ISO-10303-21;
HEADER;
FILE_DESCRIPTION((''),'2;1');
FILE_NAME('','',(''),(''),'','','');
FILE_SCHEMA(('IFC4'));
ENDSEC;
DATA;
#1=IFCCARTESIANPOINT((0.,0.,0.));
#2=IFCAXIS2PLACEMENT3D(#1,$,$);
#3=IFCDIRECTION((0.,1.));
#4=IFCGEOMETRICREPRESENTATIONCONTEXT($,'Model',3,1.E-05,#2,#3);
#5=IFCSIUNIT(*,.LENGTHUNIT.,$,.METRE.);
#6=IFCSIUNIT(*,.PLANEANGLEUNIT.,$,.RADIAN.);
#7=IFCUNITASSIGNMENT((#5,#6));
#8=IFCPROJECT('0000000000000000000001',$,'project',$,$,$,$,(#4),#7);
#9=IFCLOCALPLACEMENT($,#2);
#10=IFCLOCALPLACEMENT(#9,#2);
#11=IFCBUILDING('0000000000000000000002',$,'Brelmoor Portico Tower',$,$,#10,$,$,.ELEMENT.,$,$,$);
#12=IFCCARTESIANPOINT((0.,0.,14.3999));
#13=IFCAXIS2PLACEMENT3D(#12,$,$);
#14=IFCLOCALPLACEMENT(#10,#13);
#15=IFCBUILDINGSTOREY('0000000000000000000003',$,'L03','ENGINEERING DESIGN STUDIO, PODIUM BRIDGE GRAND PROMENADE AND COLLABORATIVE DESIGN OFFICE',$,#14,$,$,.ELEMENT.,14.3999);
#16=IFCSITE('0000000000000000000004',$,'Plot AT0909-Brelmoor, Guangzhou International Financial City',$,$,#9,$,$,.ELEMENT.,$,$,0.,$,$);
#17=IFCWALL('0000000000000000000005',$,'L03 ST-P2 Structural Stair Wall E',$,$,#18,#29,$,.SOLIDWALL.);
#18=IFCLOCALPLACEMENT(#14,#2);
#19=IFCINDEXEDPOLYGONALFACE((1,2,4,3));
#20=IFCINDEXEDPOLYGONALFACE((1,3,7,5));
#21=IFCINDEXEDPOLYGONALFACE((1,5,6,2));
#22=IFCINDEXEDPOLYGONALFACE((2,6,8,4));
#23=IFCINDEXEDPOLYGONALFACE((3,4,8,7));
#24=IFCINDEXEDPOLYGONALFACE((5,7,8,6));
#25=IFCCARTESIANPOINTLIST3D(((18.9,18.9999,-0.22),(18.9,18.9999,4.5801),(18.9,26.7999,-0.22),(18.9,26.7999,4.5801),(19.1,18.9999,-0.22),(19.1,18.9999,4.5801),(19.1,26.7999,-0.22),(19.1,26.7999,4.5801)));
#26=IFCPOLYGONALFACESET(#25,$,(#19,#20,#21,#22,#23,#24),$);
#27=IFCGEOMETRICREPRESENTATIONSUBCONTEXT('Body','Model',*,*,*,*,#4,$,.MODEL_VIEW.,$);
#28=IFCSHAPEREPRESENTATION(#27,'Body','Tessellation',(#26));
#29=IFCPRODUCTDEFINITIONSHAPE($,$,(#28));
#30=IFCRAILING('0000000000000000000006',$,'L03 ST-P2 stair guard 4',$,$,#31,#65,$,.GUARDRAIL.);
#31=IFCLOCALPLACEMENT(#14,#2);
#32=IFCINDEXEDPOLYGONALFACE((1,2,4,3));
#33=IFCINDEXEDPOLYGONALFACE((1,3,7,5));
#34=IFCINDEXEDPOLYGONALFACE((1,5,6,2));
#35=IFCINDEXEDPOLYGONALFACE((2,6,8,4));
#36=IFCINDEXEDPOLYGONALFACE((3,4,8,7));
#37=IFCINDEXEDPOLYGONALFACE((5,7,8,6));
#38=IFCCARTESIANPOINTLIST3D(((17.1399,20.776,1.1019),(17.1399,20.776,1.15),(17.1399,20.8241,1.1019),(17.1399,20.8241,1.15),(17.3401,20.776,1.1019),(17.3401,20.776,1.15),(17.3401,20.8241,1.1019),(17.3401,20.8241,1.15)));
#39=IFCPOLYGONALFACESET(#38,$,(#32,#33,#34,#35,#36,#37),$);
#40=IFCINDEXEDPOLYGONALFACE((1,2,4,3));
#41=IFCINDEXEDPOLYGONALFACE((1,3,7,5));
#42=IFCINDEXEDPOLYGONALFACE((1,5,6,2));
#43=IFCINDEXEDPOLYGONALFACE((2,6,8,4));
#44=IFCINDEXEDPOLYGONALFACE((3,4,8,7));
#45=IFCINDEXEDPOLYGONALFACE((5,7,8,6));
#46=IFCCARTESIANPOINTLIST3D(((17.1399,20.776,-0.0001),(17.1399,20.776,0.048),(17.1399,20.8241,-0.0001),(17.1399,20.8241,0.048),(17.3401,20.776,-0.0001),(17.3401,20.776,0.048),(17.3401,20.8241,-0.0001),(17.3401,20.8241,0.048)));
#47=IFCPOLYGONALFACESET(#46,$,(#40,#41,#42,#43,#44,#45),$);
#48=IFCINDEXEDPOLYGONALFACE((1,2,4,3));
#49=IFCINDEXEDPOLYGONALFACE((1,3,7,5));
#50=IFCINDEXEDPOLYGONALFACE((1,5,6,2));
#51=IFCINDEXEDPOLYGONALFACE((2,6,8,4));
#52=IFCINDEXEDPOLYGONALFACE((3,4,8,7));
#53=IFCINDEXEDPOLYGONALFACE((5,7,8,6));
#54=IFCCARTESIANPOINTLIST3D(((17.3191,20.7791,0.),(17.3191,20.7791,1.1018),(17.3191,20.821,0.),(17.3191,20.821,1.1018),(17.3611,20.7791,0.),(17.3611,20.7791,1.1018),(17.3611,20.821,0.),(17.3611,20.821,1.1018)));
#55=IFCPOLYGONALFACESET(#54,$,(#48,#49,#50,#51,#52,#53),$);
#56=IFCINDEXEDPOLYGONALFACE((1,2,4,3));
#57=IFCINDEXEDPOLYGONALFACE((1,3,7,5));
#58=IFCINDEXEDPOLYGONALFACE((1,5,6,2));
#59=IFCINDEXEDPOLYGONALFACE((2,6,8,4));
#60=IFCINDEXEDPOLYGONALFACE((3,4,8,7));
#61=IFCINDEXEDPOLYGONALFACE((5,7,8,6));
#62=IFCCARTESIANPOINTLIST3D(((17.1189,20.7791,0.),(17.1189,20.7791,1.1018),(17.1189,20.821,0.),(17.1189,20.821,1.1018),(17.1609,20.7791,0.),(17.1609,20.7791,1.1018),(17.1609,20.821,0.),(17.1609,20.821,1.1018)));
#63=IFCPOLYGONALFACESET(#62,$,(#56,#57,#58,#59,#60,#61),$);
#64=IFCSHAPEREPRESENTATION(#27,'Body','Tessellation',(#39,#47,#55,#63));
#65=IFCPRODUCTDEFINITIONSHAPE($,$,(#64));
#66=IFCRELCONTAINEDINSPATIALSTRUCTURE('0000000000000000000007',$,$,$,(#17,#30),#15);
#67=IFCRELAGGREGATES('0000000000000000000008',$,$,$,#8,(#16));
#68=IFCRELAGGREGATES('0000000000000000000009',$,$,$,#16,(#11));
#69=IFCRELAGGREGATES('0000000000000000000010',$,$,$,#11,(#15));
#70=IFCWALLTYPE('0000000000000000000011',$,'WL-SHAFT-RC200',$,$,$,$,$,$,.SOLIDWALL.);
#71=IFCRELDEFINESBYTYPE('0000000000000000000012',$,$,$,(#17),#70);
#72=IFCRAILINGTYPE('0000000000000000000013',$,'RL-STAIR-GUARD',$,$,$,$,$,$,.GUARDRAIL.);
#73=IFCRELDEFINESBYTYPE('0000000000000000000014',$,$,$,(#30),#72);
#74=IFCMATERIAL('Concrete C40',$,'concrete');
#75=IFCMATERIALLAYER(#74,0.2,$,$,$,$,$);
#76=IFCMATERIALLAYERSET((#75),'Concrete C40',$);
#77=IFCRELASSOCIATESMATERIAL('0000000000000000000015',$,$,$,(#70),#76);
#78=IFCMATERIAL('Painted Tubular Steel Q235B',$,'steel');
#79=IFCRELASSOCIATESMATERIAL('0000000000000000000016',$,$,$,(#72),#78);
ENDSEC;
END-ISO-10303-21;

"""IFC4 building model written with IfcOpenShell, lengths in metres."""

from ifc_helpers import new_model, si_unit, direction, frame, frame_2d, origin, origin_2d, place, context, subcontext, project, spatial, rectangle, extrude, material, layer, layer_set, type_object, element, save


model = new_model("IFC4")

# Units and contexts
model_context = context("Model", 3, precision=1e-05, world=origin(), true_north=direction((0.0, 1.0)))
body_context = subcontext(model_context, "Body", "Model", "MODEL_VIEW")
ifc_project = project(units=[si_unit("LENGTHUNIT", "METRE"), si_unit("PLANEANGLEUNIT", "RADIAN")], contexts=[model_context])

# Site, building, storey
site_placement = place(None, origin())
site = spatial("IfcSite", under=ifc_project, at=site_placement, Name="Plot AT0909-Brelmoor, Guangzhou International Financial City", CompositionType="ELEMENT", RefElevation=0.0)
building_placement = place(site_placement, origin())
building = spatial("IfcBuilding", under=site, at=building_placement, Name="Brelmoor Portico Tower", CompositionType="ELEMENT")
storey_placement = place(building_placement, frame((0.0, 0.0, 14.3999)))
storey = spatial("IfcBuildingStorey", under=building, at=storey_placement, Name="L03", Description="ENGINEERING DESIGN STUDIO, PODIUM BRIDGE GRAND PROMENADE AND COLLABORATIVE DESIGN OFFICE", CompositionType="ELEMENT", Elevation=14.3999)

# Shared definitions
ifc_material_1 = material(Name="Concrete C40", Category="concrete")
ifc_layer_1 = layer(ifc_material_1, 0.2)
ifc_layer_set_1 = layer_set([ifc_layer_1], Name="Concrete C40")
wall_type = type_object("IfcWallType", Name="WL-SHAFT-RC200", PredefinedType="SOLIDWALL", material=ifc_layer_set_1)

# Wall
for number, where, z_axis, x_axis, name in (
    (1, (19.0, 19.0, -0.22), (0.0, 0.0, 1.0), (0.0, 1.0, 0.0), "L03 ST-P2 Structural Stair Wall E"),
):
    element("IfcWall", number, at=place(storey_placement, frame(where, z_axis=z_axis, x_axis=x_axis)), inside=storey, type_object=wall_type, Name=name, PredefinedType="SOLIDWALL", context=body_context, shape_type="SweptSolid", body=[
        extrude(rectangle(XDim=7.8, YDim=0.2, at=frame_2d((3.8999, 0.0))), origin(), (0.0, 0.0, 1.0), 4.8),
    ])

# Railing
ifc_material_2 = material(Name="Painted Tubular Steel Q235B", Category="steel")
railing_type = type_object("IfcRailingType", Name="RL-STAIR-GUARD", PredefinedType="GUARDRAIL", material=ifc_material_2)
railing_placement = place(storey_placement, frame((17.3401, 20.8, 0.0)))
element("IfcRailing", 2, at=railing_placement, inside=storey, type_object=railing_type, Name="L03 ST-P2 stair guard 4", PredefinedType="GUARDRAIL", context=body_context, shape_type="SweptSolid", body=[
    extrude(rectangle(XDim=0.0481, YDim=0.0481, at=origin_2d()), frame((0.0, 0.0, 1.126), z_axis=(-1.0, 0.0, 0.0), x_axis=(0.0, -1.0, 0.0)), (0.0, 0.0, 1.0), 0.2002),
    extrude(rectangle(XDim=0.0481, YDim=0.0481, at=origin_2d()), frame((0.0, 0.0, 0.0239), z_axis=(-1.0, 0.0, 0.0), x_axis=(0.0, -1.0, 0.0)), (0.0, 0.0, 1.0), 0.2002),
    extrude(rectangle(XDim=0.042, YDim=0.042, at=origin_2d()), origin(), (0.0, 0.0, 1.0), 1.1018),
    extrude(rectangle(XDim=0.042, YDim=0.042, at=origin_2d()), frame((-0.2002, 0.0, 0.0)), (0.0, 0.0, 1.0), 1.1018),
])

save(model, "model.ifc")
